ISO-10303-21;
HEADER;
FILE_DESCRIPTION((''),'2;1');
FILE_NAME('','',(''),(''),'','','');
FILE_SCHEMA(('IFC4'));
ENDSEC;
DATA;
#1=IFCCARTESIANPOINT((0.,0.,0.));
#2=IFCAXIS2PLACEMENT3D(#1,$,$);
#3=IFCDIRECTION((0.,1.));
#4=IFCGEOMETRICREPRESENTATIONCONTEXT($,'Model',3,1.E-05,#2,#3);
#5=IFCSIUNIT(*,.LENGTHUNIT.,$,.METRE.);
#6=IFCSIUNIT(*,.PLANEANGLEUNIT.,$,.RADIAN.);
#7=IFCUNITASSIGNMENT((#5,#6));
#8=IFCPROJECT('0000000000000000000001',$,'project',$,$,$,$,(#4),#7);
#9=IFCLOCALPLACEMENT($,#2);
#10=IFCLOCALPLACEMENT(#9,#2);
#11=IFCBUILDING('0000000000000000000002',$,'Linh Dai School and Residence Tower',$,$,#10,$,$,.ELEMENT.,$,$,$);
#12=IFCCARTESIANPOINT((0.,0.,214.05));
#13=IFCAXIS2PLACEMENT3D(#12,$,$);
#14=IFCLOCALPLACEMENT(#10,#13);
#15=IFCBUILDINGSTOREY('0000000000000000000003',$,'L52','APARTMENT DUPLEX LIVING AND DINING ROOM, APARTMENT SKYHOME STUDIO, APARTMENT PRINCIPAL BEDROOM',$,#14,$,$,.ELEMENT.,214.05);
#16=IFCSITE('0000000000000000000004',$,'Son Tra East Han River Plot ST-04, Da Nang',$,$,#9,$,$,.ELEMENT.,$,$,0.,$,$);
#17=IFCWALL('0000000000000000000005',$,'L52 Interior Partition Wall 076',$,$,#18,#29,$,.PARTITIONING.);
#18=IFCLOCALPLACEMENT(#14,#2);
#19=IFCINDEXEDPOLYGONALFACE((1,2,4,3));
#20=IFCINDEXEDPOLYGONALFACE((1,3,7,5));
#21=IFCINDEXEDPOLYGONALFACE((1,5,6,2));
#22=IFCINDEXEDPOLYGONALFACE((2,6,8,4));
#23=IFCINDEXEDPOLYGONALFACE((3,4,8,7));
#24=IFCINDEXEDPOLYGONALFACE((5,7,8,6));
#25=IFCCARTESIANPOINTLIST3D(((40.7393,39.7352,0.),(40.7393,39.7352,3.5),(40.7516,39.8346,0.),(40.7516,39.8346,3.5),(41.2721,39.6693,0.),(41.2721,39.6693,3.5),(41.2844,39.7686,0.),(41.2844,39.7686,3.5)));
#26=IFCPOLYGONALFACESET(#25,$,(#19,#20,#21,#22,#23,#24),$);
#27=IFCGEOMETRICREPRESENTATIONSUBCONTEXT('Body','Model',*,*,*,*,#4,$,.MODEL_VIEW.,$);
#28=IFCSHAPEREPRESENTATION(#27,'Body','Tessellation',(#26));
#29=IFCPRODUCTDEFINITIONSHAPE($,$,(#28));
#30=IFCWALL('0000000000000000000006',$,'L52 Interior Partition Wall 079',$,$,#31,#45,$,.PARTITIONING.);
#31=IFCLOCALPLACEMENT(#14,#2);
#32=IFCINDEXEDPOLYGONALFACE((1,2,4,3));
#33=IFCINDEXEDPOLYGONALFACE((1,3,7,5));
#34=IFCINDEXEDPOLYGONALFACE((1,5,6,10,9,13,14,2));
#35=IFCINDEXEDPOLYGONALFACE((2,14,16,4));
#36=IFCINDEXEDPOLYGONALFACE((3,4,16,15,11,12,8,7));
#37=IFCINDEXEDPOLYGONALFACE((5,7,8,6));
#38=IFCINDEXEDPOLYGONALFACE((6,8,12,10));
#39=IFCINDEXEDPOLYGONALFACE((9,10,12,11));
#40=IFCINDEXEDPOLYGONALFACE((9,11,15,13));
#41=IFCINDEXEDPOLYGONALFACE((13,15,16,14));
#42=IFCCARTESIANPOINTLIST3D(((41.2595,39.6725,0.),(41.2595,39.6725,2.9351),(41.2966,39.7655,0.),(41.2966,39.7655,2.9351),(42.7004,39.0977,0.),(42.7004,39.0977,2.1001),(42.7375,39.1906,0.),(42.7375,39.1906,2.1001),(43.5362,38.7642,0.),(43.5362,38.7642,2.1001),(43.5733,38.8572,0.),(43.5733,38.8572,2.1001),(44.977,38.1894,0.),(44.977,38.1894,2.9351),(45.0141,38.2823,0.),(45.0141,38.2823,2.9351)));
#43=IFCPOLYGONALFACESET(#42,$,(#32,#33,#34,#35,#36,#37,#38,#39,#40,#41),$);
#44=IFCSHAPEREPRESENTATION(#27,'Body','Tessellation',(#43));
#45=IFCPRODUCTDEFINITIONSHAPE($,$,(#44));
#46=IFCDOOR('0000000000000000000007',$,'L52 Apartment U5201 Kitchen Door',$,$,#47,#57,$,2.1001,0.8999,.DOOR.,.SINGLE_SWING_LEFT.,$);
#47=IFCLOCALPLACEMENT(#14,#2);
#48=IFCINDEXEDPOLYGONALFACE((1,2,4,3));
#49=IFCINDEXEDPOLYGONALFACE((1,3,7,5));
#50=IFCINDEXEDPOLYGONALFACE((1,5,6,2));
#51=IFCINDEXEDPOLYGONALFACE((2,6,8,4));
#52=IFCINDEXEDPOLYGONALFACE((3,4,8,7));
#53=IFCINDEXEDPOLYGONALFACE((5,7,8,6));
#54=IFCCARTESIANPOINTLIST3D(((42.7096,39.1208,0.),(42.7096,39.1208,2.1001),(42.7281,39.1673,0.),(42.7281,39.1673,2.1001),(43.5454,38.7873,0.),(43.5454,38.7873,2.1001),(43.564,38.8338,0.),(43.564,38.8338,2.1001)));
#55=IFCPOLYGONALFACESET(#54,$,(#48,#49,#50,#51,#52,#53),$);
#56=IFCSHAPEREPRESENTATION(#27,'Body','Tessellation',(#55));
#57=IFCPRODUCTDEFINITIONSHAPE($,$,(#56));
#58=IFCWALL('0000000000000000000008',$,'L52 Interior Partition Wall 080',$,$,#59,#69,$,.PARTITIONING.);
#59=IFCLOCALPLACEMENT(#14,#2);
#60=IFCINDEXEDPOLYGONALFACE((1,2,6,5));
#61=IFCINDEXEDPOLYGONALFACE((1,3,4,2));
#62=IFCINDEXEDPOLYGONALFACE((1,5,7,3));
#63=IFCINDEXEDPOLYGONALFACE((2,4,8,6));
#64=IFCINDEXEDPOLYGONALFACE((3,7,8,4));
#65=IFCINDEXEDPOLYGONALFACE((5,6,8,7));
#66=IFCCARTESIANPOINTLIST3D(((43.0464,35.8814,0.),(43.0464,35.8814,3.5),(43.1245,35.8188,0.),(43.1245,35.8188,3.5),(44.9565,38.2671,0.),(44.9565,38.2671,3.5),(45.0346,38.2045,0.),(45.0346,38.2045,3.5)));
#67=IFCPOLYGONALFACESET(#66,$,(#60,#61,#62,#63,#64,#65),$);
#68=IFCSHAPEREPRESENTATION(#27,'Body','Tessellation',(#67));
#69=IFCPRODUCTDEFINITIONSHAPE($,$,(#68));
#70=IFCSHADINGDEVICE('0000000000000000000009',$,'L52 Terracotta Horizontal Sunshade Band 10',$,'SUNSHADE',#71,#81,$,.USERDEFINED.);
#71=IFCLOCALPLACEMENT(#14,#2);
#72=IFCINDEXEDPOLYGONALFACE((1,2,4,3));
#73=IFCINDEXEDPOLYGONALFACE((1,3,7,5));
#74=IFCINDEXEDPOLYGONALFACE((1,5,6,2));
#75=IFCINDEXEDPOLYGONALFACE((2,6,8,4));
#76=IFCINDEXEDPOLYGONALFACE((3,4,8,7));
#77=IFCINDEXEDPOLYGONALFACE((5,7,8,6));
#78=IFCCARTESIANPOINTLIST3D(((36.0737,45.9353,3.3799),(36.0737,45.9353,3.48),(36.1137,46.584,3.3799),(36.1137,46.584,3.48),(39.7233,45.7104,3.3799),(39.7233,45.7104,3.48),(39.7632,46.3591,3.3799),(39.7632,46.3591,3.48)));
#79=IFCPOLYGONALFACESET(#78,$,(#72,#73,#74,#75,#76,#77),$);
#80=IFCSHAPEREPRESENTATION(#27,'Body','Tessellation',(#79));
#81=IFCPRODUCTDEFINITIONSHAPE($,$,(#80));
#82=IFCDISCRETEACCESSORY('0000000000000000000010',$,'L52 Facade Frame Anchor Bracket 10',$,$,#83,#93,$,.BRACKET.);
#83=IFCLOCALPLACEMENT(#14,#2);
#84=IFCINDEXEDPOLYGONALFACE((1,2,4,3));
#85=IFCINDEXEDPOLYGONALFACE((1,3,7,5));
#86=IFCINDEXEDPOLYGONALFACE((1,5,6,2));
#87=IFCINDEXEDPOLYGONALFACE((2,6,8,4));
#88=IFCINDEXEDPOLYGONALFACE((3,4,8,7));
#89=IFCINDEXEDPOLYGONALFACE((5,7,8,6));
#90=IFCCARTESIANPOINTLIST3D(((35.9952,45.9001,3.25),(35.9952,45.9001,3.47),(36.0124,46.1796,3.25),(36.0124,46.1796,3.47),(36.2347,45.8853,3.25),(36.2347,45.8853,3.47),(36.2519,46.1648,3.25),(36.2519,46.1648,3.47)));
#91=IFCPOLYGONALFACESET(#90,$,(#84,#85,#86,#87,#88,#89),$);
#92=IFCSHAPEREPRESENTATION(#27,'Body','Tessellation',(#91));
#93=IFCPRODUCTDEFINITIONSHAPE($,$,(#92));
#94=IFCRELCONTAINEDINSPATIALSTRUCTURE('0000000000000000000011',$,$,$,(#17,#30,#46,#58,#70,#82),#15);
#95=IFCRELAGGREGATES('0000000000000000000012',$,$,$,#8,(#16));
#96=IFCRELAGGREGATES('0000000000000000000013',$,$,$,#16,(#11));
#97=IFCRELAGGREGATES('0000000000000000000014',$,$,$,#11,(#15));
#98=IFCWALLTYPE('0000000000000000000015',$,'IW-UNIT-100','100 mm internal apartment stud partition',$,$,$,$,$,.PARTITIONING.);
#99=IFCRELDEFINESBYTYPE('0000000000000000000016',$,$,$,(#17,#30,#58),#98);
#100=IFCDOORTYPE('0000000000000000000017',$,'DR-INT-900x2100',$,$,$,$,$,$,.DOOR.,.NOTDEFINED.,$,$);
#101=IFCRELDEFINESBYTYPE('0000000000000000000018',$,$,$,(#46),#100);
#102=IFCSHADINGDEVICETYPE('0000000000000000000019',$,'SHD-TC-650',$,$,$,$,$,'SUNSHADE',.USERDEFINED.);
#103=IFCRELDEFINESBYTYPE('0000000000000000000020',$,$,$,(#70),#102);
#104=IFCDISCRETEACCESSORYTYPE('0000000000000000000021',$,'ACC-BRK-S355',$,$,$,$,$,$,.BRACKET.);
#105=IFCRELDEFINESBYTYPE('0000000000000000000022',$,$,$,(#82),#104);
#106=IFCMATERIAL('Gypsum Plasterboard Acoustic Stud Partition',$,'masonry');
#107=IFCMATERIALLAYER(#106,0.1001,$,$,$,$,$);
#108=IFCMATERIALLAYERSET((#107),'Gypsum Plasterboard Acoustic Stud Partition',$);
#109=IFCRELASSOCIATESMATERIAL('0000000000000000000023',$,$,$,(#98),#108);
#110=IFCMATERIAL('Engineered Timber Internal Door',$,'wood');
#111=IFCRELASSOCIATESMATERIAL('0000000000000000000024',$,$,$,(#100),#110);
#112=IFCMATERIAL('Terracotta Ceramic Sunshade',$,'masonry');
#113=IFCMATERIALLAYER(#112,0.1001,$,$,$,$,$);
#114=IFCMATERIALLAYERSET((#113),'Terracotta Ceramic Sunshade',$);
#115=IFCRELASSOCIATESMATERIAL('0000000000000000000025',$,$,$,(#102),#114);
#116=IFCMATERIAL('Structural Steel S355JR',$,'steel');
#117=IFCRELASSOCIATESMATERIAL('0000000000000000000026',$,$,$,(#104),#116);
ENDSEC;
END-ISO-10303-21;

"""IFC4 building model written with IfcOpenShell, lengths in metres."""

from ifc_helpers import new_model, si_unit, direction, frame, frame_2d, origin, origin_2d, place, context, subcontext, project, spatial, rectangle, extrude, source, transform, mapped, material, layer, layer_set, type_object, element, fill, save


model = new_model("IFC4")

# Units and contexts
model_context = context("Model", 3, precision=1e-05, world=origin(), true_north=direction((0.0, 1.0)))
body_context = subcontext(model_context, "Body", "Model", "MODEL_VIEW")
ifc_project = project(units=[si_unit("LENGTHUNIT", "METRE"), si_unit("PLANEANGLEUNIT", "RADIAN")], contexts=[model_context])

# Site, building, storey
site_placement = place(None, origin())
site = spatial("IfcSite", under=ifc_project, at=site_placement, Name="Son Tra East Han River Plot ST-04, Da Nang", CompositionType="ELEMENT", RefElevation=0.0)
building_placement = place(site_placement, origin())
building = spatial("IfcBuilding", under=site, at=building_placement, Name="Linh Dai School and Residence Tower", CompositionType="ELEMENT")
storey_placement = place(building_placement, frame((0.0, 0.0, 214.05)))
storey = spatial("IfcBuildingStorey", under=building, at=storey_placement, Name="L52", Description="APARTMENT DUPLEX LIVING AND DINING ROOM, APARTMENT SKYHOME STUDIO, APARTMENT PRINCIPAL BEDROOM", CompositionType="ELEMENT", Elevation=214.05)

# Shared definitions
ifc_material_1 = material(Name="Structural Steel S355JR", Category="steel")

# Shared definitions
ifc_material_2 = material(Name="Gypsum Plasterboard Acoustic Stud Partition", Category="masonry")
ifc_layer_1 = layer(ifc_material_2, 0.1001)
ifc_layer_set_1 = layer_set([ifc_layer_1], Name="Gypsum Plasterboard Acoustic Stud Partition")
wall_type_1 = type_object("IfcWallType", Name="IW-UNIT-100", Description="100 mm internal apartment stud partition", PredefinedType="PARTITIONING", material=ifc_layer_set_1)

# Wall
wall_1_placement = place(storey_placement, frame((40.7454, 39.7849, 0.0), z_axis=(0.0, 0.0, 1.0), x_axis=(0.992431, -0.122803, 0.0)))
element("IfcWall", 1, at=wall_1_placement, inside=storey, type_object=wall_type_1, Name="L52 Interior Partition Wall 076", PredefinedType="PARTITIONING", context=body_context, shape_type="SweptSolid", body=[
    extrude(rectangle(XDim=0.5369, YDim=0.1001, at=frame_2d((0.2686, 0.0))), origin(), (0.0, 0.0, 1.0), 3.5),
])

# Wall, opening, door
wall_2_placement = place(storey_placement, frame((41.2781, 39.719, 0.0), z_axis=(0.0, 0.0, 1.0), x_axis=(0.928809, -0.37056, 0.0)))
wall_2 = element("IfcWall", 2, at=wall_2_placement, inside=storey, type_object=wall_type_1, Name="L52 Interior Partition Wall 079", PredefinedType="PARTITIONING", context=body_context, shape_type="SweptSolid", body=[
    extrude(rectangle(XDim=4.0024, YDim=0.1001, at=frame_2d((2.0012, 0.0))), origin(), (0.0, 0.0, 1.0), 2.9351),
])
opening_1_placement = place(wall_2_placement, frame((1.5513, 0.0, 0.0)))
opening_1 = element("IfcOpeningElement", 3, at=opening_1_placement, cuts=wall_2, PredefinedType="OPENING", context=body_context, shape_type="SweptSolid", body=[
    extrude(rectangle(XDim=0.8999, YDim=2.1001, at=origin_2d()), frame((0.45, 0.0601, 1.05), z_axis=(0.0, -1.0, 0.0), x_axis=(1.0, 0.0, 0.0)), (0.0, 0.0, 1.0), 0.1201),
])
ifc_material_3 = material(Name="Engineered Timber Internal Door", Category="wood")
door_type_1 = type_object("IfcDoorType", Name="DR-INT-900x2100", OperationType="NOTDEFINED", PredefinedType="DOOR", material=ifc_material_3)
shared_shape_1 = source(origin(), body_context, "Body", "SweptSolid", [
    extrude(rectangle(XDim=0.8999, YDim=2.1001, at=origin_2d()), frame((0.45, 0.0249, 1.05), z_axis=(0.0, -1.0, 0.0), x_axis=(1.0, 0.0, 0.0)), (0.0, 0.0, 1.0), 0.05),
])
door_1_placement = place(opening_1_placement, origin())
door_1 = element("IfcDoor", 4, at=door_1_placement, inside=storey, type_object=door_type_1, Name="L52 Apartment U5201 Kitchen Door", OperationType="SINGLE_SWING_LEFT", OverallHeight=2.1001, OverallWidth=0.8999, PredefinedType="DOOR", context=body_context, shape_type="MappedRepresentation", body=[
    mapped(shared_shape_1, transform((0.0, 0.0, 0.0), x_axis=(1.0, 0.0, 0.0), y_axis=(0.0, 1.0, 0.0), z_axis=(0.0, 0.0, 1.0), scale=1.0)),
])
fill(opening_1, door_1)

# Wall
wall_3_placement = place(storey_placement, frame((43.0854, 35.8501, 0.0), z_axis=(0.0, 0.0, 1.0), x_axis=(0.625007, 0.780619, 0.0)))
element("IfcWall", 5, at=wall_3_placement, inside=storey, type_object=wall_type_1, Name="L52 Interior Partition Wall 080", PredefinedType="PARTITIONING", context=body_context, shape_type="SweptSolid", body=[
    extrude(rectangle(XDim=3.0562, YDim=0.1001, at=frame_2d((1.5281, 0.0))), origin(), (0.0, 0.0, 1.0), 3.5),
])

# Shading device
ifc_material_4 = material(Name="Terracotta Ceramic Sunshade", Category="masonry")
ifc_layer_2 = layer(ifc_material_4, 0.1001)
ifc_layer_set_2 = layer_set([ifc_layer_2], Name="Terracotta Ceramic Sunshade")
shading_device_type = type_object("IfcShadingDeviceType", Name="SHD-TC-650", ElementType="SUNSHADE", PredefinedType="USERDEFINED", material=ifc_layer_set_2)
shared_shape_2 = source(origin(), body_context, "Body", "SweptSolid", [
    extrude(rectangle(XDim=3.6565, YDim=0.6499, at=origin_2d()), origin(), (0.0, 0.0, 1.0), 0.1001),
])
shading_device_placement = place(storey_placement, frame((37.9185, 46.1472, 3.3799), z_axis=(0.0, 0.0, 1.0), x_axis=(0.998107, -0.061504, 0.0)))
element("IfcShadingDevice", 6, at=shading_device_placement, inside=storey, type_object=shading_device_type, Name="L52 Terracotta Horizontal Sunshade Band 10", ObjectType="SUNSHADE", PredefinedType="USERDEFINED", context=body_context, shape_type="MappedRepresentation", body=[
    mapped(shared_shape_2, transform((0.0, 0.0, 0.0), x_axis=(1.0, 0.0, 0.0), y_axis=(0.0, 1.0, 0.0), z_axis=(0.0, 0.0, 1.0), scale=1.0)),
])

# Discrete accessory
discrete_accessory_type = type_object("IfcDiscreteAccessoryType", Name="ACC-BRK-S355", PredefinedType="BRACKET", material=ifc_material_1)
shared_shape_3 = source(origin(), body_context, "Body", "SweptSolid", [
    extrude(rectangle(XDim=0.28, YDim=0.24, at=origin_2d()), origin(), (0.0, 0.0, 1.0), 0.22),
])
discrete_accessory_placement = place(storey_placement, frame((36.1235, 46.0325, 3.25), z_axis=(0.0, 0.0, 1.0), x_axis=(0.061504, 0.998107, 0.0)))
element("IfcDiscreteAccessory", 7, at=discrete_accessory_placement, inside=storey, type_object=discrete_accessory_type, Name="L52 Facade Frame Anchor Bracket 10", PredefinedType="BRACKET", context=body_context, shape_type="MappedRepresentation", body=[
    mapped(shared_shape_3, transform((0.0, 0.0, 0.0), x_axis=(1.0, 0.0, 0.0), y_axis=(0.0, 1.0, 0.0), z_axis=(0.0, 0.0, 1.0), scale=1.0)),
])

save(model, "model.ifc")
